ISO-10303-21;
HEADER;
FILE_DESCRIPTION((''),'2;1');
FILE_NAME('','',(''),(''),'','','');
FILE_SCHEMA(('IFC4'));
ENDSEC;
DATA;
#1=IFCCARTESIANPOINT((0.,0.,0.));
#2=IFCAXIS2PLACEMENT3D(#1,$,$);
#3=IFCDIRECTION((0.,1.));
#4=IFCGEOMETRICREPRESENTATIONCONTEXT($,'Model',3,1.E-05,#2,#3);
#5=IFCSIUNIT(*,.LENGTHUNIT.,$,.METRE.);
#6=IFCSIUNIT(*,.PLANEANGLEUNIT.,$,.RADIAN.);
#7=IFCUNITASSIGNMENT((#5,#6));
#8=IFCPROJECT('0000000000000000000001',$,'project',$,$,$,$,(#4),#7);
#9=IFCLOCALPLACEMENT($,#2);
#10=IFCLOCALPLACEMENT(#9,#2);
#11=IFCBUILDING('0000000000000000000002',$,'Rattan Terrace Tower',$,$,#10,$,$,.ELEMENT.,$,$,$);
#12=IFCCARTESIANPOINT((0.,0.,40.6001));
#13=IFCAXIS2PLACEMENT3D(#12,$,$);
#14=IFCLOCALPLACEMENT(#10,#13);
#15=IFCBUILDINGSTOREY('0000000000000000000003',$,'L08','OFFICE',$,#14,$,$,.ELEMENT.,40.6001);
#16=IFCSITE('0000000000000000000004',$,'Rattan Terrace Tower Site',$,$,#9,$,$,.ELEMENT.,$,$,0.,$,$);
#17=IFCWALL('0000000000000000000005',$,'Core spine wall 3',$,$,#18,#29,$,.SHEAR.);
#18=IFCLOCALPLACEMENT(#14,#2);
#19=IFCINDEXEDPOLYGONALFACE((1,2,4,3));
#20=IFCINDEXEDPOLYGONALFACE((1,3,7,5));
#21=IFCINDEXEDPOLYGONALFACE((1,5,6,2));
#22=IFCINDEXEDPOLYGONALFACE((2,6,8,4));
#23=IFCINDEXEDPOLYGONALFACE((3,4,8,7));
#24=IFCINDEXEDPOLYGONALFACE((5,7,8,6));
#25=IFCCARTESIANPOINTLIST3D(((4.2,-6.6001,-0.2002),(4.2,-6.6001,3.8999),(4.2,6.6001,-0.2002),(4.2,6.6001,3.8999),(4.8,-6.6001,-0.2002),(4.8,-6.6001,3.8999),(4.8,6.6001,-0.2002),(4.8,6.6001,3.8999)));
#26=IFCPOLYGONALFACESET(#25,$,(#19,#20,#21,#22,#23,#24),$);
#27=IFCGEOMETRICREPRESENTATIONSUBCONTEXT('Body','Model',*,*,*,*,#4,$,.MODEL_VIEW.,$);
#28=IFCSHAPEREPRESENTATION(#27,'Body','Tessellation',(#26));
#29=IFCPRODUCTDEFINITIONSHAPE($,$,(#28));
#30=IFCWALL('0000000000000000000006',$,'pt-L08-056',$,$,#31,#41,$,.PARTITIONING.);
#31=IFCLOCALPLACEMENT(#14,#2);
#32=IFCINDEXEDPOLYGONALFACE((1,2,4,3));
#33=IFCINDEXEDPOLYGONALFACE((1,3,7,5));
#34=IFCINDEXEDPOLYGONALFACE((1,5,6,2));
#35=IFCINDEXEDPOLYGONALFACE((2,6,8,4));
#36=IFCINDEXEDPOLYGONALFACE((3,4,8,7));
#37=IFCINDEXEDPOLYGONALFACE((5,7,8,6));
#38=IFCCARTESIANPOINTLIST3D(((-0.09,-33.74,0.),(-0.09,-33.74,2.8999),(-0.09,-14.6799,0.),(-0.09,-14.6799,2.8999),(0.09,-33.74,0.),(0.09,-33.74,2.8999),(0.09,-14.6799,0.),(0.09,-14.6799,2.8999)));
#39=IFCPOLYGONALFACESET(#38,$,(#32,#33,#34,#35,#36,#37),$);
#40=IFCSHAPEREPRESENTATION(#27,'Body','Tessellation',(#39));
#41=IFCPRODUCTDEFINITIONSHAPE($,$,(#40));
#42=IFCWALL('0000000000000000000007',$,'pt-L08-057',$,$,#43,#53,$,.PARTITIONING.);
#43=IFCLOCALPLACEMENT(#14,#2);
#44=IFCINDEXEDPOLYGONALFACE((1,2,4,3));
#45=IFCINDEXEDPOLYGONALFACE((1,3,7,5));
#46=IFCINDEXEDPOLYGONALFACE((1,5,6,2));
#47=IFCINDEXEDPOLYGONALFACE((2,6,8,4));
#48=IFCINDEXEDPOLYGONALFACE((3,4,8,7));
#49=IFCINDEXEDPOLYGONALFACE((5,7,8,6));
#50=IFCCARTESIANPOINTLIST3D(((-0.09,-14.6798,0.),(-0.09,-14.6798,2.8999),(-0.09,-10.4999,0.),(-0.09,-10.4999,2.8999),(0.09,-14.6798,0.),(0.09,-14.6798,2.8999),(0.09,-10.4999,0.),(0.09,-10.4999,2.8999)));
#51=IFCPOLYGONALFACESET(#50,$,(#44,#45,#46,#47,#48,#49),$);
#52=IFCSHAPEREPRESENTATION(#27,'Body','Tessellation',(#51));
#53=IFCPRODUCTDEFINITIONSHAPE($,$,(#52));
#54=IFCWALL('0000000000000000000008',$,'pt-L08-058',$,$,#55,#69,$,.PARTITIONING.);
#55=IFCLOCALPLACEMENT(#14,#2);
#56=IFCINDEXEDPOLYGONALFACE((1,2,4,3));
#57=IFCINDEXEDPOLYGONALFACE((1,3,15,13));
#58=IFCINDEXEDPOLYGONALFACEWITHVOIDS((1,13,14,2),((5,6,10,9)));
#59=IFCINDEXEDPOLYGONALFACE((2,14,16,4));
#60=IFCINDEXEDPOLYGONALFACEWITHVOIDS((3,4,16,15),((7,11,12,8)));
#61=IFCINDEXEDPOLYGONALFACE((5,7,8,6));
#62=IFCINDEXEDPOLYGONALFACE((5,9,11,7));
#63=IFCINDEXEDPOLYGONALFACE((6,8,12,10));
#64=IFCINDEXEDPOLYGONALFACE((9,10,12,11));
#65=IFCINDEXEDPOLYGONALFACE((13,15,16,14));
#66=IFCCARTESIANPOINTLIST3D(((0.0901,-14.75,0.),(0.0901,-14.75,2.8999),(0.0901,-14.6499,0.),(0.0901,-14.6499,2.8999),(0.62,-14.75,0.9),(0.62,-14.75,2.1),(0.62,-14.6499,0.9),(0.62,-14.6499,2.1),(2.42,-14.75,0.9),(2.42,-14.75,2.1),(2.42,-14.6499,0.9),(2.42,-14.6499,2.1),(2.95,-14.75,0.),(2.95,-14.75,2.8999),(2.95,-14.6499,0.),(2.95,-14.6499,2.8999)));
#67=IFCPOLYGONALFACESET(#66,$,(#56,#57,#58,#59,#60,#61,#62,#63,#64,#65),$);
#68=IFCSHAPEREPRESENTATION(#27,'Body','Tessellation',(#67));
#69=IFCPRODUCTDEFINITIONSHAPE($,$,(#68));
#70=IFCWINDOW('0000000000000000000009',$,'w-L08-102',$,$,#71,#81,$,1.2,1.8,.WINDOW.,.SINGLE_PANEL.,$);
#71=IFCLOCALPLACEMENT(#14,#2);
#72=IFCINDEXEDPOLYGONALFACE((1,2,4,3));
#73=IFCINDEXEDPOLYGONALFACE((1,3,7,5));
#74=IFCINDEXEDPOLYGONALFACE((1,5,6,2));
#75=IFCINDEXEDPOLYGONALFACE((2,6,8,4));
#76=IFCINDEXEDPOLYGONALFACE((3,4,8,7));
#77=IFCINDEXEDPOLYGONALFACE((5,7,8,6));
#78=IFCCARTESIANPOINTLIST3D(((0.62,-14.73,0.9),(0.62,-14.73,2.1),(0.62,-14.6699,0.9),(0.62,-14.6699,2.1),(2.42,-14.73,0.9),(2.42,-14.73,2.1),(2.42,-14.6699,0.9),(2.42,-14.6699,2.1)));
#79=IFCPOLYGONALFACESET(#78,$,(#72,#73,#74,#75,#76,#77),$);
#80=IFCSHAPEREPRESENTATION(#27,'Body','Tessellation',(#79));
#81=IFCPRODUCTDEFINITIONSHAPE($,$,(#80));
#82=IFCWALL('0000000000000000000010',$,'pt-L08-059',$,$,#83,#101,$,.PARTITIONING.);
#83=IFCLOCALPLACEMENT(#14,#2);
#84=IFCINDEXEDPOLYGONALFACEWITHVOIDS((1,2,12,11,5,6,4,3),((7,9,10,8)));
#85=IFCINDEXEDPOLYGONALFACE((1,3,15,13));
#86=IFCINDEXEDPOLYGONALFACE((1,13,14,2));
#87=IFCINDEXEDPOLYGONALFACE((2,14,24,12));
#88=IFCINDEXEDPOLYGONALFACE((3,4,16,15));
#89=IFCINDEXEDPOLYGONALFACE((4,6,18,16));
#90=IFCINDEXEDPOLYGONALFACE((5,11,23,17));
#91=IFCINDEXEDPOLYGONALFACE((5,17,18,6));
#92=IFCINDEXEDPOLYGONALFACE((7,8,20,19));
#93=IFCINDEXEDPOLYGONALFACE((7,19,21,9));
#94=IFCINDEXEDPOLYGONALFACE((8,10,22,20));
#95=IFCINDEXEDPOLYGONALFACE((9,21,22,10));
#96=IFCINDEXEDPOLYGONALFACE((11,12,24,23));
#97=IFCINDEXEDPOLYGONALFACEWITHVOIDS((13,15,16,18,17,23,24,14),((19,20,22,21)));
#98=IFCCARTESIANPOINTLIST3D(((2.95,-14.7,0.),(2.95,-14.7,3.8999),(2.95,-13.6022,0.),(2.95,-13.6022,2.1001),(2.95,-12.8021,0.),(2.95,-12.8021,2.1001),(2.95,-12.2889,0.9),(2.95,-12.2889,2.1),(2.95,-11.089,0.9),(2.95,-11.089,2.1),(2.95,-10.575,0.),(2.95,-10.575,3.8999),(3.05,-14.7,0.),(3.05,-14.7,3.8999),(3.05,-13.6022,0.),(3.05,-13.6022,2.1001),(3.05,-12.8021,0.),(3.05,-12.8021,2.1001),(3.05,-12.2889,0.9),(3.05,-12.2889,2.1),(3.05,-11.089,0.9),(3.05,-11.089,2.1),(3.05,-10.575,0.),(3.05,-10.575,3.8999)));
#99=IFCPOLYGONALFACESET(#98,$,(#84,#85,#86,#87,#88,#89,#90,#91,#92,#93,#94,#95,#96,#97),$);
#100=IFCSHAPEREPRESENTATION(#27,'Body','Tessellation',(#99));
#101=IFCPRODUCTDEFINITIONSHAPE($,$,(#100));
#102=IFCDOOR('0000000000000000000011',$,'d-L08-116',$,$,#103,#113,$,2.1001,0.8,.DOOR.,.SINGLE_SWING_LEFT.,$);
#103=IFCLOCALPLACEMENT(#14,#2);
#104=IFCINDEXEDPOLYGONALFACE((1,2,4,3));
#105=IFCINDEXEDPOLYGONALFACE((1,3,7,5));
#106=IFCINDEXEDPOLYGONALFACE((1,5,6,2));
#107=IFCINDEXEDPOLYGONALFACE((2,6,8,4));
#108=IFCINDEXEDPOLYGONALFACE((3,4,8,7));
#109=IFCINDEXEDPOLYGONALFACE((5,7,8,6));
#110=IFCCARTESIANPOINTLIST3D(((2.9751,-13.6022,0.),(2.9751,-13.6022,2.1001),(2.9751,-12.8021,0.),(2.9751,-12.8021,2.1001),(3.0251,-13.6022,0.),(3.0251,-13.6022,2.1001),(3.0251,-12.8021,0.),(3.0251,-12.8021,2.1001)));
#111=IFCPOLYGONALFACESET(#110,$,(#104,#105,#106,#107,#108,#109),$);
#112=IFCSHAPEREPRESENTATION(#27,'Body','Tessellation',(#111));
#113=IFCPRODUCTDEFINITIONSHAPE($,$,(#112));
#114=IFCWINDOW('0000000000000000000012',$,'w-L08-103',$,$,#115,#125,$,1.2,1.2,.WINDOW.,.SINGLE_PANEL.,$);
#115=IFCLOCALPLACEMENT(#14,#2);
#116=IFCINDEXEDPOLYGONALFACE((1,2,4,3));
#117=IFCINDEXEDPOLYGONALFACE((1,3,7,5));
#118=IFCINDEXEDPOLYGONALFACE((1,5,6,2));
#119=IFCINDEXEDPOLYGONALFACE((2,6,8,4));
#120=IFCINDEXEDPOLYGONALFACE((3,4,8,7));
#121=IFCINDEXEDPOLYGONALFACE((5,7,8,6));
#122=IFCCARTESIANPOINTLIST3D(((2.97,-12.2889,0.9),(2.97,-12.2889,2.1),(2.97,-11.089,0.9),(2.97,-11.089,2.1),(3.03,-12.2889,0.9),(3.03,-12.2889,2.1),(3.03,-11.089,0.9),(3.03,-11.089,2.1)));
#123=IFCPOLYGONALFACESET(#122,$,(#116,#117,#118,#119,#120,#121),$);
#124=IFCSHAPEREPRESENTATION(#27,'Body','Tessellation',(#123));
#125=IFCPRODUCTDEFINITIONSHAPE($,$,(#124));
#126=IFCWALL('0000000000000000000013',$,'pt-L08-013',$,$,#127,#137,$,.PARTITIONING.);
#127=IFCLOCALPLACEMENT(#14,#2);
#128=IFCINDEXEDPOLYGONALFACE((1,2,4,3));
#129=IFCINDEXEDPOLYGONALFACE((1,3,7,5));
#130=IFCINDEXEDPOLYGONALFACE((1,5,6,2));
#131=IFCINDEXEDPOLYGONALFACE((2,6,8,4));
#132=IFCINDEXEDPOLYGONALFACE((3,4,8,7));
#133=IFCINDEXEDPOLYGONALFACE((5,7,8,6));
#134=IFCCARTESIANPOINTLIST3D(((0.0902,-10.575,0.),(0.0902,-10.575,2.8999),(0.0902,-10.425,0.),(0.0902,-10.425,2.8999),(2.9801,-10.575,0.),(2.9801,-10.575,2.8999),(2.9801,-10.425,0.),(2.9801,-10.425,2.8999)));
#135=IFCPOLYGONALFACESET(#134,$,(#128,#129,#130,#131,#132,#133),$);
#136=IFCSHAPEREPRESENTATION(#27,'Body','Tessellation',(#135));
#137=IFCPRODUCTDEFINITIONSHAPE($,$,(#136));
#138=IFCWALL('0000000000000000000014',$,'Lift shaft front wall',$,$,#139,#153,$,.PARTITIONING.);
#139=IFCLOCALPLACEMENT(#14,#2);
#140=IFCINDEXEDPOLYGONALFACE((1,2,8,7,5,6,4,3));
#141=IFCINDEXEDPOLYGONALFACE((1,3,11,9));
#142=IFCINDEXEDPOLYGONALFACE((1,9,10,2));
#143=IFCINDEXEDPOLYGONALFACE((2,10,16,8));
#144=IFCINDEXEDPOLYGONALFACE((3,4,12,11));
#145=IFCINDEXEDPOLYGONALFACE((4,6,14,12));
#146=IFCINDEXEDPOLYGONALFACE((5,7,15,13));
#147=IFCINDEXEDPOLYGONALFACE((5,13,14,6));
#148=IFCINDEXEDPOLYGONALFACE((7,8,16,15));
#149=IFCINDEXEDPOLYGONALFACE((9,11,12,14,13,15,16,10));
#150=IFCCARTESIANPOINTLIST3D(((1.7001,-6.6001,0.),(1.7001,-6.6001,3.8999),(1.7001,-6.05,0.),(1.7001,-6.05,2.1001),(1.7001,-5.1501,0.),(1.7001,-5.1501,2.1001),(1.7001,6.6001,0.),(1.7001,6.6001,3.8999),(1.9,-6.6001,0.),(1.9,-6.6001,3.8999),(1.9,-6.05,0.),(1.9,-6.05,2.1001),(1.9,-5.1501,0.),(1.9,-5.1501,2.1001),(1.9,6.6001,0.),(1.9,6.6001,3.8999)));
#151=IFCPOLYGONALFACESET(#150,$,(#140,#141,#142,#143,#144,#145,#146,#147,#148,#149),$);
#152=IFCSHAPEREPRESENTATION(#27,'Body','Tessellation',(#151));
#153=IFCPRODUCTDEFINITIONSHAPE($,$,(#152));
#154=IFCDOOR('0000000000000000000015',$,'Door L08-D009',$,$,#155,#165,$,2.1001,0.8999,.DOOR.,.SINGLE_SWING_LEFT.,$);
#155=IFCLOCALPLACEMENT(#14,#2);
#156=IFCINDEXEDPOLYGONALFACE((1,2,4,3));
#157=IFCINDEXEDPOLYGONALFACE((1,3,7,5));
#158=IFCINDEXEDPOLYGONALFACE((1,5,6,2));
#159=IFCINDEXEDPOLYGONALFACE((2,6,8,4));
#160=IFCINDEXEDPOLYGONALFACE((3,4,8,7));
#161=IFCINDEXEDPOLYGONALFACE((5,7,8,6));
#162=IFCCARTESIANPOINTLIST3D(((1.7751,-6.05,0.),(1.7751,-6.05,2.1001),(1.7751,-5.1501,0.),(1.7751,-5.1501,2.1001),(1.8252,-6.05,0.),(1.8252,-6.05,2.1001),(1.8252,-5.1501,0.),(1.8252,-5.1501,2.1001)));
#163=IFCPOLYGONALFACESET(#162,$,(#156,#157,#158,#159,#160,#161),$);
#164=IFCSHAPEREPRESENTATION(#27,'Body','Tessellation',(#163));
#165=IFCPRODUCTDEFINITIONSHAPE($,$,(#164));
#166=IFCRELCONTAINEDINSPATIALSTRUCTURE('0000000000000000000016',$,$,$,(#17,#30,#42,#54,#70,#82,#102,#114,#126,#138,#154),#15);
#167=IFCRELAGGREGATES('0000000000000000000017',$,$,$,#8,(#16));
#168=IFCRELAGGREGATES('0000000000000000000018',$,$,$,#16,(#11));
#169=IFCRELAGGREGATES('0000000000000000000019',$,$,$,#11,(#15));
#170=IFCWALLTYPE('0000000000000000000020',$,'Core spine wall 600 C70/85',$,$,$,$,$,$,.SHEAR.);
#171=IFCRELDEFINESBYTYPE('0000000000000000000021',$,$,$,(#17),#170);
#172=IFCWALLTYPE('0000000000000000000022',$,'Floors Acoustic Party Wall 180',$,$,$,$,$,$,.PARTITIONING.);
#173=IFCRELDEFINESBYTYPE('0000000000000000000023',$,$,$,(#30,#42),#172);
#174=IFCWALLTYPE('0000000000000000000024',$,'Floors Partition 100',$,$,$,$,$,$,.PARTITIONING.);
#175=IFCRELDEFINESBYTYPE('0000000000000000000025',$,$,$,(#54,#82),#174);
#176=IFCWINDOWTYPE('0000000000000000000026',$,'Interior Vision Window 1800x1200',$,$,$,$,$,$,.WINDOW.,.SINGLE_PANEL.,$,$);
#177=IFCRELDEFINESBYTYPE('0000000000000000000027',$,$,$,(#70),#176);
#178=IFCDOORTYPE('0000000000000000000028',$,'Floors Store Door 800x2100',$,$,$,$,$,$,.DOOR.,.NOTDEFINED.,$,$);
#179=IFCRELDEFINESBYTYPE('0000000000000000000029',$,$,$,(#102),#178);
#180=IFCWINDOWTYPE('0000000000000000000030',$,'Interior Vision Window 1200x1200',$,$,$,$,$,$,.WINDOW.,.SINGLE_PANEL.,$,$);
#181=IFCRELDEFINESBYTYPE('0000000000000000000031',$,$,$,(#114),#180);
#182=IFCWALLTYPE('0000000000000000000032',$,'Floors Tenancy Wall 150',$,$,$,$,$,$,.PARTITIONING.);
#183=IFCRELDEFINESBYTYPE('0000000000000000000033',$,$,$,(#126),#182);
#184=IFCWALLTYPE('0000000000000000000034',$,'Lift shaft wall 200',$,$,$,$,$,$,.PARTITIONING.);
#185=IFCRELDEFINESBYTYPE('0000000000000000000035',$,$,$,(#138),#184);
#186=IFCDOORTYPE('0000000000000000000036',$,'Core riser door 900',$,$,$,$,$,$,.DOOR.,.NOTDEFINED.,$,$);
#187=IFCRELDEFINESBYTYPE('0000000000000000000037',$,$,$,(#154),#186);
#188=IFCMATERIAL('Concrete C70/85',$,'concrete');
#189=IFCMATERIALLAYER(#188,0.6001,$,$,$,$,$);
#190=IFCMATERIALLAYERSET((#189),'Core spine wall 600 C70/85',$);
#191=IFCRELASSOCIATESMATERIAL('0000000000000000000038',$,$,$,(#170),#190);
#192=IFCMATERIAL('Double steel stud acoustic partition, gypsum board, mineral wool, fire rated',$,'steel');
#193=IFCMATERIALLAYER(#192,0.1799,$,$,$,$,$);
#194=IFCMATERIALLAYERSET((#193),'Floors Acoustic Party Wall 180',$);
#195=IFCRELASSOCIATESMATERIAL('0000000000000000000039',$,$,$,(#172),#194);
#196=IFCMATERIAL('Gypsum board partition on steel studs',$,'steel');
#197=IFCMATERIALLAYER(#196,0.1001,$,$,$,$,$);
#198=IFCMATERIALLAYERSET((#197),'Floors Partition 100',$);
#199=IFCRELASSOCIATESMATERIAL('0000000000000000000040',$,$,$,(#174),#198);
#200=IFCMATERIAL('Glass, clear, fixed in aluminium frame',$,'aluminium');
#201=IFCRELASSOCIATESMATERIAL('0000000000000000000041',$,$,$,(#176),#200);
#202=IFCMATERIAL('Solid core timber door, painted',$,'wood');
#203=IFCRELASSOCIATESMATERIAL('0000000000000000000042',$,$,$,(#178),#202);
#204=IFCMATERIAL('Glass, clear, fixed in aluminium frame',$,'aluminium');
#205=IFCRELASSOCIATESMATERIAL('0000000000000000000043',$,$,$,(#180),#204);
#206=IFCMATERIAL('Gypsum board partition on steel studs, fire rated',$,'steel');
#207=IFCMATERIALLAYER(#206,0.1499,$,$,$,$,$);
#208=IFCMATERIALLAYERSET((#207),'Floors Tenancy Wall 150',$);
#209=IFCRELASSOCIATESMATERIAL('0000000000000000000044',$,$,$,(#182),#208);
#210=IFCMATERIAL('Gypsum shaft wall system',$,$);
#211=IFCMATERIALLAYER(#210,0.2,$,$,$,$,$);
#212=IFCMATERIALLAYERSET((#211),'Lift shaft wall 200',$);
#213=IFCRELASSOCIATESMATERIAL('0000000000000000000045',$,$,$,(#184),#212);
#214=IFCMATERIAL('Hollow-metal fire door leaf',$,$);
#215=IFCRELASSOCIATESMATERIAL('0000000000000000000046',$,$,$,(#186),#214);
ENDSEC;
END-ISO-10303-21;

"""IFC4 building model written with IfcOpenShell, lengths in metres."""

from ifc_helpers import new_model, si_unit, direction, frame, frame_2d, origin, place, context, subcontext, project, spatial, rectangle, extrude, material, layer, layer_set, type_object, element, fill, save


model = new_model("IFC4")

# Units and contexts
model_context = context("Model", 3, precision=1e-05, world=origin(), true_north=direction((0.0, 1.0)))
body_context = subcontext(model_context, "Body", "Model", "MODEL_VIEW")
ifc_project = project(units=[si_unit("LENGTHUNIT", "METRE"), si_unit("PLANEANGLEUNIT", "RADIAN")], contexts=[model_context])

# Site, building, storey
site_placement = place(None, origin())
site = spatial("IfcSite", under=ifc_project, at=site_placement, Name="Rattan Terrace Tower Site", CompositionType="ELEMENT", RefElevation=0.0)
building_placement = place(site_placement, origin())
building = spatial("IfcBuilding", under=site, at=building_placement, Name="Rattan Terrace Tower", CompositionType="ELEMENT")
storey_placement = place(building_placement, frame((0.0, 0.0, 40.6001)))
storey = spatial("IfcBuildingStorey", under=building, at=storey_placement, Name="L08", Description="OFFICE", CompositionType="ELEMENT", Elevation=40.6001)

# Walls
ifc_material_1 = material(Name="Concrete C70/85", Category="concrete")
ifc_layer_1 = layer(ifc_material_1, 0.6001)
ifc_layer_set_1 = layer_set([ifc_layer_1], Name="Core spine wall 600 C70/85")
wall_type_1 = type_object("IfcWallType", Name="Core spine wall 600 C70/85", PredefinedType="SHEAR", material=ifc_layer_set_1)
wall_1_placement = place(storey_placement, frame((4.5, -6.6001, -0.2002), z_axis=(0.0, 0.0, 1.0), x_axis=(0.0, 1.0, 0.0)))
element("IfcWall", 1, at=wall_1_placement, inside=storey, type_object=wall_type_1, Name="Core spine wall 3", PredefinedType="SHEAR", context=body_context, shape_type="SweptSolid", body=[
    extrude(rectangle(XDim=13.2002, YDim=0.6001, at=frame_2d((6.6001, 0.0))), origin(), (0.0, 0.0, 1.0), 4.1001),
])
ifc_material_2 = material(Name="Double steel stud acoustic partition, gypsum board, mineral wool, fire rated", Category="steel")
ifc_layer_2 = layer(ifc_material_2, 0.1799)
ifc_layer_set_2 = layer_set([ifc_layer_2], Name="Floors Acoustic Party Wall 180")
wall_type_2 = type_object("IfcWallType", Name="Floors Acoustic Party Wall 180", PredefinedType="PARTITIONING", material=ifc_layer_set_2)
wall_2_placement = place(storey_placement, frame((0.0, -14.6799, 0.0), z_axis=(0.0, 0.0, 1.0), x_axis=(0.0, -1.0, 0.0)))
element("IfcWall", 2, at=wall_2_placement, inside=storey, type_object=wall_type_2, Name="pt-L08-056", PredefinedType="PARTITIONING", context=body_context, shape_type="SweptSolid", body=[
    extrude(rectangle(XDim=19.0601, YDim=0.1799, at=frame_2d((9.53, 0.0))), origin(), (0.0, 0.0, 1.0), 2.8999),
])
wall_3_placement = place(storey_placement, frame((0.0, -10.5, 0.0), z_axis=(0.0, 0.0, 1.0), x_axis=(0.0, -1.0, 0.0)))
element("IfcWall", 3, at=wall_3_placement, inside=storey, type_object=wall_type_2, Name="pt-L08-057", PredefinedType="PARTITIONING", context=body_context, shape_type="SweptSolid", body=[
    extrude(rectangle(XDim=4.1799, YDim=0.1799, at=frame_2d((2.0898, 0.0))), origin(), (0.0, 0.0, 1.0), 2.8999),
])

# Wall, opening, window
ifc_material_3 = material(Name="Gypsum board partition on steel studs", Category="steel")
ifc_layer_3 = layer(ifc_material_3, 0.1001)
ifc_layer_set_3 = layer_set([ifc_layer_3], Name="Floors Partition 100")
wall_type_3 = type_object("IfcWallType", Name="Floors Partition 100", PredefinedType="PARTITIONING", material=ifc_layer_set_3)
wall_4_placement = place(storey_placement, frame((0.0901, -14.7, 0.0), z_axis=(0.0, 0.0, 1.0), x_axis=(1.0, 0.0, 0.0)))
wall_4 = element("IfcWall", 4, at=wall_4_placement, inside=storey, type_object=wall_type_3, Name="pt-L08-058", PredefinedType="PARTITIONING", context=body_context, shape_type="SweptSolid", body=[
    extrude(rectangle(XDim=2.8599, YDim=0.1001, at=frame_2d((1.4299, 0.0))), origin(), (0.0, 0.0, 1.0), 2.8999),
])
opening_1_placement = place(wall_4_placement, frame((0.53, 0.0, 0.8999)))
opening_1 = element("IfcOpeningElement", 5, at=opening_1_placement, cuts=wall_4, PredefinedType="OPENING", context=body_context, shape_type="SweptSolid", body=[
    extrude(rectangle(XDim=1.8, YDim=1.2, at=frame_2d((0.8999, 0.6001))), frame((0.0, 0.0605, 0.0), z_axis=(0.0, -1.0, 0.0), x_axis=(1.0, 0.0, 0.0)), (0.0, 0.0, 1.0), 0.1211),
])
ifc_material_4 = material(Name="Glass, clear, fixed in aluminium frame", Category="aluminium")
window_type_1 = type_object("IfcWindowType", Name="Interior Vision Window 1800x1200", PartitioningType="SINGLE_PANEL", PredefinedType="WINDOW", material=ifc_material_4)
window_1_placement = place(opening_1_placement, origin())
window_1 = element("IfcWindow", 6, at=window_1_placement, inside=storey, type_object=window_type_1, Name="w-L08-102", OverallHeight=1.2, OverallWidth=1.8, PartitioningType="SINGLE_PANEL", PredefinedType="WINDOW", context=body_context, shape_type="SweptSolid", body=[
    extrude(rectangle(XDim=1.8, YDim=1.2, at=frame_2d((0.8999, 0.6001))), frame((0.0, 0.03, 0.0), z_axis=(0.0, -1.0, 0.0), x_axis=(1.0, 0.0, 0.0)), (0.0, 0.0, 1.0), 0.0601),
])
fill(opening_1, window_1)

# Wall, openings, door, window
wall_5_placement = place(storey_placement, frame((3.0, -14.7, 0.0), z_axis=(0.0, 0.0, 1.0), x_axis=(0.0, 1.0, 0.0)))
wall_5 = element("IfcWall", 7, at=wall_5_placement, inside=storey, type_object=wall_type_3, Name="pt-L08-059", PredefinedType="PARTITIONING", context=body_context, shape_type="SweptSolid", body=[
    extrude(rectangle(XDim=4.125, YDim=0.1001, at=frame_2d((2.0625, 0.0))), origin(), (0.0, 0.0, 1.0), 3.8999),
])
opening_2_placement = place(wall_5_placement, frame((1.0979, 0.0, 0.0)))
opening_2 = element("IfcOpeningElement", 8, at=opening_2_placement, cuts=wall_5, PredefinedType="OPENING", context=body_context, shape_type="SweptSolid", body=[
    extrude(rectangle(XDim=0.8, YDim=2.1001, at=frame_2d((0.3999, 1.05))), frame((0.0, 0.0605, 0.0), z_axis=(0.0, -1.0, 0.0), x_axis=(1.0, 0.0, 0.0)), (0.0, 0.0, 1.0), 0.1211),
])
opening_3_placement = place(wall_5_placement, frame((2.4109, 0.0, 0.8999)))
opening_3 = element("IfcOpeningElement", 9, at=opening_3_placement, cuts=wall_5, PredefinedType="OPENING", context=body_context, shape_type="SweptSolid", body=[
    extrude(rectangle(XDim=1.2, YDim=1.2, at=frame_2d((0.6001, 0.6001))), frame((0.0, 0.0605, 0.0), z_axis=(0.0, -1.0, 0.0), x_axis=(1.0, 0.0, 0.0)), (0.0, 0.0, 1.0), 0.1211),
])
ifc_material_5 = material(Name="Solid core timber door, painted", Category="wood")
door_type_1 = type_object("IfcDoorType", Name="Floors Store Door 800x2100", OperationType="NOTDEFINED", PredefinedType="DOOR", material=ifc_material_5)
door_1_placement = place(opening_2_placement, origin())
door_1 = element("IfcDoor", 10, at=door_1_placement, inside=storey, type_object=door_type_1, Name="d-L08-116", OperationType="SINGLE_SWING_LEFT", OverallHeight=2.1001, OverallWidth=0.8, PredefinedType="DOOR", context=body_context, shape_type="SweptSolid", body=[
    extrude(rectangle(XDim=0.8, YDim=2.1001, at=frame_2d((0.3999, 1.05))), frame((0.0, 0.0249, 0.0), z_axis=(0.0, -1.0, 0.0), x_axis=(1.0, 0.0, 0.0)), (0.0, 0.0, 1.0), 0.05),
])
fill(opening_2, door_1)
ifc_material_6 = material(Name="Glass, clear, fixed in aluminium frame", Category="aluminium")
window_type_2 = type_object("IfcWindowType", Name="Interior Vision Window 1200x1200", PartitioningType="SINGLE_PANEL", PredefinedType="WINDOW", material=ifc_material_6)
window_2_placement = place(opening_3_placement, origin())
window_2 = element("IfcWindow", 11, at=window_2_placement, inside=storey, type_object=window_type_2, Name="w-L08-103", OverallHeight=1.2, OverallWidth=1.2, PartitioningType="SINGLE_PANEL", PredefinedType="WINDOW", context=body_context, shape_type="SweptSolid", body=[
    extrude(rectangle(XDim=1.2, YDim=1.2, at=frame_2d((0.6001, 0.6001))), frame((0.0, 0.03, 0.0), z_axis=(0.0, -1.0, 0.0), x_axis=(1.0, 0.0, 0.0)), (0.0, 0.0, 1.0), 0.0601),
])
fill(opening_3, window_2)

# Wall
ifc_material_7 = material(Name="Gypsum board partition on steel studs, fire rated", Category="steel")
ifc_layer_4 = layer(ifc_material_7, 0.1499)
ifc_layer_set_4 = layer_set([ifc_layer_4], Name="Floors Tenancy Wall 150")
wall_type_4 = type_object("IfcWallType", Name="Floors Tenancy Wall 150", PredefinedType="PARTITIONING", material=ifc_layer_set_4)
wall_6_placement = place(storey_placement, frame((2.98, -10.5, 0.0), z_axis=(0.0, 0.0, 1.0), x_axis=(-1.0, 0.0, 0.0)))
element("IfcWall", 12, at=wall_6_placement, inside=storey, type_object=wall_type_4, Name="pt-L08-013", PredefinedType="PARTITIONING", context=body_context, shape_type="SweptSolid", body=[
    extrude(rectangle(XDim=2.8899, YDim=0.1499, at=frame_2d((1.4448, 0.0))), origin(), (0.0, 0.0, 1.0), 2.8999),
])

# Wall, opening, door
ifc_material_8 = material(Name="Gypsum shaft wall system")
ifc_layer_5 = layer(ifc_material_8, 0.2)
ifc_layer_set_5 = layer_set([ifc_layer_5], Name="Lift shaft wall 200")
wall_type_5 = type_object("IfcWallType", Name="Lift shaft wall 200", PredefinedType="PARTITIONING", material=ifc_layer_set_5)
wall_7_placement = place(storey_placement, frame((1.8, -6.6001, 0.0), z_axis=(0.0, 0.0, 1.0), x_axis=(0.0, 1.0, 0.0)))
wall_7 = element("IfcWall", 13, at=wall_7_placement, inside=storey, type_object=wall_type_5, Name="Lift shaft front wall", PredefinedType="PARTITIONING", context=body_context, shape_type="SweptSolid", body=[
    extrude(rectangle(XDim=13.2002, YDim=0.2, at=frame_2d((6.6001, 0.0))), origin(), (0.0, 0.0, 1.0), 3.8999),
])
opening_4_placement = place(wall_7_placement, frame((0.55, 0.0, 0.0)))
opening_4 = element("IfcOpeningElement", 14, at=opening_4_placement, cuts=wall_7, PredefinedType="OPENING", context=body_context, shape_type="SweptSolid", body=[
    extrude(rectangle(XDim=0.8999, YDim=2.1001, at=frame_2d((0.45, 1.05))), frame((0.0, 0.1106, 0.0), z_axis=(0.0, -1.0, 0.0), x_axis=(1.0, 0.0, 0.0)), (0.0, 0.0, 1.0), 0.2209),
])
ifc_material_9 = material(Name="Hollow-metal fire door leaf")
door_type_2 = type_object("IfcDoorType", Name="Core riser door 900", OperationType="NOTDEFINED", PredefinedType="DOOR", material=ifc_material_9)
door_2_placement = place(opening_4_placement, origin())
door_2 = element("IfcDoor", 15, at=door_2_placement, inside=storey, type_object=door_type_2, Name="Door L08-D009", OperationType="SINGLE_SWING_LEFT", OverallHeight=2.1001, OverallWidth=0.8999, PredefinedType="DOOR", context=body_context, shape_type="SweptSolid", body=[
    extrude(rectangle(XDim=0.8999, YDim=2.1001, at=frame_2d((0.45, 1.05))), frame((0.0, 0.0249, 0.0), z_axis=(0.0, -1.0, 0.0), x_axis=(1.0, 0.0, 0.0)), (0.0, 0.0, 1.0), 0.05),
])
fill(opening_4, door_2)

save(model, "model.ifc")
